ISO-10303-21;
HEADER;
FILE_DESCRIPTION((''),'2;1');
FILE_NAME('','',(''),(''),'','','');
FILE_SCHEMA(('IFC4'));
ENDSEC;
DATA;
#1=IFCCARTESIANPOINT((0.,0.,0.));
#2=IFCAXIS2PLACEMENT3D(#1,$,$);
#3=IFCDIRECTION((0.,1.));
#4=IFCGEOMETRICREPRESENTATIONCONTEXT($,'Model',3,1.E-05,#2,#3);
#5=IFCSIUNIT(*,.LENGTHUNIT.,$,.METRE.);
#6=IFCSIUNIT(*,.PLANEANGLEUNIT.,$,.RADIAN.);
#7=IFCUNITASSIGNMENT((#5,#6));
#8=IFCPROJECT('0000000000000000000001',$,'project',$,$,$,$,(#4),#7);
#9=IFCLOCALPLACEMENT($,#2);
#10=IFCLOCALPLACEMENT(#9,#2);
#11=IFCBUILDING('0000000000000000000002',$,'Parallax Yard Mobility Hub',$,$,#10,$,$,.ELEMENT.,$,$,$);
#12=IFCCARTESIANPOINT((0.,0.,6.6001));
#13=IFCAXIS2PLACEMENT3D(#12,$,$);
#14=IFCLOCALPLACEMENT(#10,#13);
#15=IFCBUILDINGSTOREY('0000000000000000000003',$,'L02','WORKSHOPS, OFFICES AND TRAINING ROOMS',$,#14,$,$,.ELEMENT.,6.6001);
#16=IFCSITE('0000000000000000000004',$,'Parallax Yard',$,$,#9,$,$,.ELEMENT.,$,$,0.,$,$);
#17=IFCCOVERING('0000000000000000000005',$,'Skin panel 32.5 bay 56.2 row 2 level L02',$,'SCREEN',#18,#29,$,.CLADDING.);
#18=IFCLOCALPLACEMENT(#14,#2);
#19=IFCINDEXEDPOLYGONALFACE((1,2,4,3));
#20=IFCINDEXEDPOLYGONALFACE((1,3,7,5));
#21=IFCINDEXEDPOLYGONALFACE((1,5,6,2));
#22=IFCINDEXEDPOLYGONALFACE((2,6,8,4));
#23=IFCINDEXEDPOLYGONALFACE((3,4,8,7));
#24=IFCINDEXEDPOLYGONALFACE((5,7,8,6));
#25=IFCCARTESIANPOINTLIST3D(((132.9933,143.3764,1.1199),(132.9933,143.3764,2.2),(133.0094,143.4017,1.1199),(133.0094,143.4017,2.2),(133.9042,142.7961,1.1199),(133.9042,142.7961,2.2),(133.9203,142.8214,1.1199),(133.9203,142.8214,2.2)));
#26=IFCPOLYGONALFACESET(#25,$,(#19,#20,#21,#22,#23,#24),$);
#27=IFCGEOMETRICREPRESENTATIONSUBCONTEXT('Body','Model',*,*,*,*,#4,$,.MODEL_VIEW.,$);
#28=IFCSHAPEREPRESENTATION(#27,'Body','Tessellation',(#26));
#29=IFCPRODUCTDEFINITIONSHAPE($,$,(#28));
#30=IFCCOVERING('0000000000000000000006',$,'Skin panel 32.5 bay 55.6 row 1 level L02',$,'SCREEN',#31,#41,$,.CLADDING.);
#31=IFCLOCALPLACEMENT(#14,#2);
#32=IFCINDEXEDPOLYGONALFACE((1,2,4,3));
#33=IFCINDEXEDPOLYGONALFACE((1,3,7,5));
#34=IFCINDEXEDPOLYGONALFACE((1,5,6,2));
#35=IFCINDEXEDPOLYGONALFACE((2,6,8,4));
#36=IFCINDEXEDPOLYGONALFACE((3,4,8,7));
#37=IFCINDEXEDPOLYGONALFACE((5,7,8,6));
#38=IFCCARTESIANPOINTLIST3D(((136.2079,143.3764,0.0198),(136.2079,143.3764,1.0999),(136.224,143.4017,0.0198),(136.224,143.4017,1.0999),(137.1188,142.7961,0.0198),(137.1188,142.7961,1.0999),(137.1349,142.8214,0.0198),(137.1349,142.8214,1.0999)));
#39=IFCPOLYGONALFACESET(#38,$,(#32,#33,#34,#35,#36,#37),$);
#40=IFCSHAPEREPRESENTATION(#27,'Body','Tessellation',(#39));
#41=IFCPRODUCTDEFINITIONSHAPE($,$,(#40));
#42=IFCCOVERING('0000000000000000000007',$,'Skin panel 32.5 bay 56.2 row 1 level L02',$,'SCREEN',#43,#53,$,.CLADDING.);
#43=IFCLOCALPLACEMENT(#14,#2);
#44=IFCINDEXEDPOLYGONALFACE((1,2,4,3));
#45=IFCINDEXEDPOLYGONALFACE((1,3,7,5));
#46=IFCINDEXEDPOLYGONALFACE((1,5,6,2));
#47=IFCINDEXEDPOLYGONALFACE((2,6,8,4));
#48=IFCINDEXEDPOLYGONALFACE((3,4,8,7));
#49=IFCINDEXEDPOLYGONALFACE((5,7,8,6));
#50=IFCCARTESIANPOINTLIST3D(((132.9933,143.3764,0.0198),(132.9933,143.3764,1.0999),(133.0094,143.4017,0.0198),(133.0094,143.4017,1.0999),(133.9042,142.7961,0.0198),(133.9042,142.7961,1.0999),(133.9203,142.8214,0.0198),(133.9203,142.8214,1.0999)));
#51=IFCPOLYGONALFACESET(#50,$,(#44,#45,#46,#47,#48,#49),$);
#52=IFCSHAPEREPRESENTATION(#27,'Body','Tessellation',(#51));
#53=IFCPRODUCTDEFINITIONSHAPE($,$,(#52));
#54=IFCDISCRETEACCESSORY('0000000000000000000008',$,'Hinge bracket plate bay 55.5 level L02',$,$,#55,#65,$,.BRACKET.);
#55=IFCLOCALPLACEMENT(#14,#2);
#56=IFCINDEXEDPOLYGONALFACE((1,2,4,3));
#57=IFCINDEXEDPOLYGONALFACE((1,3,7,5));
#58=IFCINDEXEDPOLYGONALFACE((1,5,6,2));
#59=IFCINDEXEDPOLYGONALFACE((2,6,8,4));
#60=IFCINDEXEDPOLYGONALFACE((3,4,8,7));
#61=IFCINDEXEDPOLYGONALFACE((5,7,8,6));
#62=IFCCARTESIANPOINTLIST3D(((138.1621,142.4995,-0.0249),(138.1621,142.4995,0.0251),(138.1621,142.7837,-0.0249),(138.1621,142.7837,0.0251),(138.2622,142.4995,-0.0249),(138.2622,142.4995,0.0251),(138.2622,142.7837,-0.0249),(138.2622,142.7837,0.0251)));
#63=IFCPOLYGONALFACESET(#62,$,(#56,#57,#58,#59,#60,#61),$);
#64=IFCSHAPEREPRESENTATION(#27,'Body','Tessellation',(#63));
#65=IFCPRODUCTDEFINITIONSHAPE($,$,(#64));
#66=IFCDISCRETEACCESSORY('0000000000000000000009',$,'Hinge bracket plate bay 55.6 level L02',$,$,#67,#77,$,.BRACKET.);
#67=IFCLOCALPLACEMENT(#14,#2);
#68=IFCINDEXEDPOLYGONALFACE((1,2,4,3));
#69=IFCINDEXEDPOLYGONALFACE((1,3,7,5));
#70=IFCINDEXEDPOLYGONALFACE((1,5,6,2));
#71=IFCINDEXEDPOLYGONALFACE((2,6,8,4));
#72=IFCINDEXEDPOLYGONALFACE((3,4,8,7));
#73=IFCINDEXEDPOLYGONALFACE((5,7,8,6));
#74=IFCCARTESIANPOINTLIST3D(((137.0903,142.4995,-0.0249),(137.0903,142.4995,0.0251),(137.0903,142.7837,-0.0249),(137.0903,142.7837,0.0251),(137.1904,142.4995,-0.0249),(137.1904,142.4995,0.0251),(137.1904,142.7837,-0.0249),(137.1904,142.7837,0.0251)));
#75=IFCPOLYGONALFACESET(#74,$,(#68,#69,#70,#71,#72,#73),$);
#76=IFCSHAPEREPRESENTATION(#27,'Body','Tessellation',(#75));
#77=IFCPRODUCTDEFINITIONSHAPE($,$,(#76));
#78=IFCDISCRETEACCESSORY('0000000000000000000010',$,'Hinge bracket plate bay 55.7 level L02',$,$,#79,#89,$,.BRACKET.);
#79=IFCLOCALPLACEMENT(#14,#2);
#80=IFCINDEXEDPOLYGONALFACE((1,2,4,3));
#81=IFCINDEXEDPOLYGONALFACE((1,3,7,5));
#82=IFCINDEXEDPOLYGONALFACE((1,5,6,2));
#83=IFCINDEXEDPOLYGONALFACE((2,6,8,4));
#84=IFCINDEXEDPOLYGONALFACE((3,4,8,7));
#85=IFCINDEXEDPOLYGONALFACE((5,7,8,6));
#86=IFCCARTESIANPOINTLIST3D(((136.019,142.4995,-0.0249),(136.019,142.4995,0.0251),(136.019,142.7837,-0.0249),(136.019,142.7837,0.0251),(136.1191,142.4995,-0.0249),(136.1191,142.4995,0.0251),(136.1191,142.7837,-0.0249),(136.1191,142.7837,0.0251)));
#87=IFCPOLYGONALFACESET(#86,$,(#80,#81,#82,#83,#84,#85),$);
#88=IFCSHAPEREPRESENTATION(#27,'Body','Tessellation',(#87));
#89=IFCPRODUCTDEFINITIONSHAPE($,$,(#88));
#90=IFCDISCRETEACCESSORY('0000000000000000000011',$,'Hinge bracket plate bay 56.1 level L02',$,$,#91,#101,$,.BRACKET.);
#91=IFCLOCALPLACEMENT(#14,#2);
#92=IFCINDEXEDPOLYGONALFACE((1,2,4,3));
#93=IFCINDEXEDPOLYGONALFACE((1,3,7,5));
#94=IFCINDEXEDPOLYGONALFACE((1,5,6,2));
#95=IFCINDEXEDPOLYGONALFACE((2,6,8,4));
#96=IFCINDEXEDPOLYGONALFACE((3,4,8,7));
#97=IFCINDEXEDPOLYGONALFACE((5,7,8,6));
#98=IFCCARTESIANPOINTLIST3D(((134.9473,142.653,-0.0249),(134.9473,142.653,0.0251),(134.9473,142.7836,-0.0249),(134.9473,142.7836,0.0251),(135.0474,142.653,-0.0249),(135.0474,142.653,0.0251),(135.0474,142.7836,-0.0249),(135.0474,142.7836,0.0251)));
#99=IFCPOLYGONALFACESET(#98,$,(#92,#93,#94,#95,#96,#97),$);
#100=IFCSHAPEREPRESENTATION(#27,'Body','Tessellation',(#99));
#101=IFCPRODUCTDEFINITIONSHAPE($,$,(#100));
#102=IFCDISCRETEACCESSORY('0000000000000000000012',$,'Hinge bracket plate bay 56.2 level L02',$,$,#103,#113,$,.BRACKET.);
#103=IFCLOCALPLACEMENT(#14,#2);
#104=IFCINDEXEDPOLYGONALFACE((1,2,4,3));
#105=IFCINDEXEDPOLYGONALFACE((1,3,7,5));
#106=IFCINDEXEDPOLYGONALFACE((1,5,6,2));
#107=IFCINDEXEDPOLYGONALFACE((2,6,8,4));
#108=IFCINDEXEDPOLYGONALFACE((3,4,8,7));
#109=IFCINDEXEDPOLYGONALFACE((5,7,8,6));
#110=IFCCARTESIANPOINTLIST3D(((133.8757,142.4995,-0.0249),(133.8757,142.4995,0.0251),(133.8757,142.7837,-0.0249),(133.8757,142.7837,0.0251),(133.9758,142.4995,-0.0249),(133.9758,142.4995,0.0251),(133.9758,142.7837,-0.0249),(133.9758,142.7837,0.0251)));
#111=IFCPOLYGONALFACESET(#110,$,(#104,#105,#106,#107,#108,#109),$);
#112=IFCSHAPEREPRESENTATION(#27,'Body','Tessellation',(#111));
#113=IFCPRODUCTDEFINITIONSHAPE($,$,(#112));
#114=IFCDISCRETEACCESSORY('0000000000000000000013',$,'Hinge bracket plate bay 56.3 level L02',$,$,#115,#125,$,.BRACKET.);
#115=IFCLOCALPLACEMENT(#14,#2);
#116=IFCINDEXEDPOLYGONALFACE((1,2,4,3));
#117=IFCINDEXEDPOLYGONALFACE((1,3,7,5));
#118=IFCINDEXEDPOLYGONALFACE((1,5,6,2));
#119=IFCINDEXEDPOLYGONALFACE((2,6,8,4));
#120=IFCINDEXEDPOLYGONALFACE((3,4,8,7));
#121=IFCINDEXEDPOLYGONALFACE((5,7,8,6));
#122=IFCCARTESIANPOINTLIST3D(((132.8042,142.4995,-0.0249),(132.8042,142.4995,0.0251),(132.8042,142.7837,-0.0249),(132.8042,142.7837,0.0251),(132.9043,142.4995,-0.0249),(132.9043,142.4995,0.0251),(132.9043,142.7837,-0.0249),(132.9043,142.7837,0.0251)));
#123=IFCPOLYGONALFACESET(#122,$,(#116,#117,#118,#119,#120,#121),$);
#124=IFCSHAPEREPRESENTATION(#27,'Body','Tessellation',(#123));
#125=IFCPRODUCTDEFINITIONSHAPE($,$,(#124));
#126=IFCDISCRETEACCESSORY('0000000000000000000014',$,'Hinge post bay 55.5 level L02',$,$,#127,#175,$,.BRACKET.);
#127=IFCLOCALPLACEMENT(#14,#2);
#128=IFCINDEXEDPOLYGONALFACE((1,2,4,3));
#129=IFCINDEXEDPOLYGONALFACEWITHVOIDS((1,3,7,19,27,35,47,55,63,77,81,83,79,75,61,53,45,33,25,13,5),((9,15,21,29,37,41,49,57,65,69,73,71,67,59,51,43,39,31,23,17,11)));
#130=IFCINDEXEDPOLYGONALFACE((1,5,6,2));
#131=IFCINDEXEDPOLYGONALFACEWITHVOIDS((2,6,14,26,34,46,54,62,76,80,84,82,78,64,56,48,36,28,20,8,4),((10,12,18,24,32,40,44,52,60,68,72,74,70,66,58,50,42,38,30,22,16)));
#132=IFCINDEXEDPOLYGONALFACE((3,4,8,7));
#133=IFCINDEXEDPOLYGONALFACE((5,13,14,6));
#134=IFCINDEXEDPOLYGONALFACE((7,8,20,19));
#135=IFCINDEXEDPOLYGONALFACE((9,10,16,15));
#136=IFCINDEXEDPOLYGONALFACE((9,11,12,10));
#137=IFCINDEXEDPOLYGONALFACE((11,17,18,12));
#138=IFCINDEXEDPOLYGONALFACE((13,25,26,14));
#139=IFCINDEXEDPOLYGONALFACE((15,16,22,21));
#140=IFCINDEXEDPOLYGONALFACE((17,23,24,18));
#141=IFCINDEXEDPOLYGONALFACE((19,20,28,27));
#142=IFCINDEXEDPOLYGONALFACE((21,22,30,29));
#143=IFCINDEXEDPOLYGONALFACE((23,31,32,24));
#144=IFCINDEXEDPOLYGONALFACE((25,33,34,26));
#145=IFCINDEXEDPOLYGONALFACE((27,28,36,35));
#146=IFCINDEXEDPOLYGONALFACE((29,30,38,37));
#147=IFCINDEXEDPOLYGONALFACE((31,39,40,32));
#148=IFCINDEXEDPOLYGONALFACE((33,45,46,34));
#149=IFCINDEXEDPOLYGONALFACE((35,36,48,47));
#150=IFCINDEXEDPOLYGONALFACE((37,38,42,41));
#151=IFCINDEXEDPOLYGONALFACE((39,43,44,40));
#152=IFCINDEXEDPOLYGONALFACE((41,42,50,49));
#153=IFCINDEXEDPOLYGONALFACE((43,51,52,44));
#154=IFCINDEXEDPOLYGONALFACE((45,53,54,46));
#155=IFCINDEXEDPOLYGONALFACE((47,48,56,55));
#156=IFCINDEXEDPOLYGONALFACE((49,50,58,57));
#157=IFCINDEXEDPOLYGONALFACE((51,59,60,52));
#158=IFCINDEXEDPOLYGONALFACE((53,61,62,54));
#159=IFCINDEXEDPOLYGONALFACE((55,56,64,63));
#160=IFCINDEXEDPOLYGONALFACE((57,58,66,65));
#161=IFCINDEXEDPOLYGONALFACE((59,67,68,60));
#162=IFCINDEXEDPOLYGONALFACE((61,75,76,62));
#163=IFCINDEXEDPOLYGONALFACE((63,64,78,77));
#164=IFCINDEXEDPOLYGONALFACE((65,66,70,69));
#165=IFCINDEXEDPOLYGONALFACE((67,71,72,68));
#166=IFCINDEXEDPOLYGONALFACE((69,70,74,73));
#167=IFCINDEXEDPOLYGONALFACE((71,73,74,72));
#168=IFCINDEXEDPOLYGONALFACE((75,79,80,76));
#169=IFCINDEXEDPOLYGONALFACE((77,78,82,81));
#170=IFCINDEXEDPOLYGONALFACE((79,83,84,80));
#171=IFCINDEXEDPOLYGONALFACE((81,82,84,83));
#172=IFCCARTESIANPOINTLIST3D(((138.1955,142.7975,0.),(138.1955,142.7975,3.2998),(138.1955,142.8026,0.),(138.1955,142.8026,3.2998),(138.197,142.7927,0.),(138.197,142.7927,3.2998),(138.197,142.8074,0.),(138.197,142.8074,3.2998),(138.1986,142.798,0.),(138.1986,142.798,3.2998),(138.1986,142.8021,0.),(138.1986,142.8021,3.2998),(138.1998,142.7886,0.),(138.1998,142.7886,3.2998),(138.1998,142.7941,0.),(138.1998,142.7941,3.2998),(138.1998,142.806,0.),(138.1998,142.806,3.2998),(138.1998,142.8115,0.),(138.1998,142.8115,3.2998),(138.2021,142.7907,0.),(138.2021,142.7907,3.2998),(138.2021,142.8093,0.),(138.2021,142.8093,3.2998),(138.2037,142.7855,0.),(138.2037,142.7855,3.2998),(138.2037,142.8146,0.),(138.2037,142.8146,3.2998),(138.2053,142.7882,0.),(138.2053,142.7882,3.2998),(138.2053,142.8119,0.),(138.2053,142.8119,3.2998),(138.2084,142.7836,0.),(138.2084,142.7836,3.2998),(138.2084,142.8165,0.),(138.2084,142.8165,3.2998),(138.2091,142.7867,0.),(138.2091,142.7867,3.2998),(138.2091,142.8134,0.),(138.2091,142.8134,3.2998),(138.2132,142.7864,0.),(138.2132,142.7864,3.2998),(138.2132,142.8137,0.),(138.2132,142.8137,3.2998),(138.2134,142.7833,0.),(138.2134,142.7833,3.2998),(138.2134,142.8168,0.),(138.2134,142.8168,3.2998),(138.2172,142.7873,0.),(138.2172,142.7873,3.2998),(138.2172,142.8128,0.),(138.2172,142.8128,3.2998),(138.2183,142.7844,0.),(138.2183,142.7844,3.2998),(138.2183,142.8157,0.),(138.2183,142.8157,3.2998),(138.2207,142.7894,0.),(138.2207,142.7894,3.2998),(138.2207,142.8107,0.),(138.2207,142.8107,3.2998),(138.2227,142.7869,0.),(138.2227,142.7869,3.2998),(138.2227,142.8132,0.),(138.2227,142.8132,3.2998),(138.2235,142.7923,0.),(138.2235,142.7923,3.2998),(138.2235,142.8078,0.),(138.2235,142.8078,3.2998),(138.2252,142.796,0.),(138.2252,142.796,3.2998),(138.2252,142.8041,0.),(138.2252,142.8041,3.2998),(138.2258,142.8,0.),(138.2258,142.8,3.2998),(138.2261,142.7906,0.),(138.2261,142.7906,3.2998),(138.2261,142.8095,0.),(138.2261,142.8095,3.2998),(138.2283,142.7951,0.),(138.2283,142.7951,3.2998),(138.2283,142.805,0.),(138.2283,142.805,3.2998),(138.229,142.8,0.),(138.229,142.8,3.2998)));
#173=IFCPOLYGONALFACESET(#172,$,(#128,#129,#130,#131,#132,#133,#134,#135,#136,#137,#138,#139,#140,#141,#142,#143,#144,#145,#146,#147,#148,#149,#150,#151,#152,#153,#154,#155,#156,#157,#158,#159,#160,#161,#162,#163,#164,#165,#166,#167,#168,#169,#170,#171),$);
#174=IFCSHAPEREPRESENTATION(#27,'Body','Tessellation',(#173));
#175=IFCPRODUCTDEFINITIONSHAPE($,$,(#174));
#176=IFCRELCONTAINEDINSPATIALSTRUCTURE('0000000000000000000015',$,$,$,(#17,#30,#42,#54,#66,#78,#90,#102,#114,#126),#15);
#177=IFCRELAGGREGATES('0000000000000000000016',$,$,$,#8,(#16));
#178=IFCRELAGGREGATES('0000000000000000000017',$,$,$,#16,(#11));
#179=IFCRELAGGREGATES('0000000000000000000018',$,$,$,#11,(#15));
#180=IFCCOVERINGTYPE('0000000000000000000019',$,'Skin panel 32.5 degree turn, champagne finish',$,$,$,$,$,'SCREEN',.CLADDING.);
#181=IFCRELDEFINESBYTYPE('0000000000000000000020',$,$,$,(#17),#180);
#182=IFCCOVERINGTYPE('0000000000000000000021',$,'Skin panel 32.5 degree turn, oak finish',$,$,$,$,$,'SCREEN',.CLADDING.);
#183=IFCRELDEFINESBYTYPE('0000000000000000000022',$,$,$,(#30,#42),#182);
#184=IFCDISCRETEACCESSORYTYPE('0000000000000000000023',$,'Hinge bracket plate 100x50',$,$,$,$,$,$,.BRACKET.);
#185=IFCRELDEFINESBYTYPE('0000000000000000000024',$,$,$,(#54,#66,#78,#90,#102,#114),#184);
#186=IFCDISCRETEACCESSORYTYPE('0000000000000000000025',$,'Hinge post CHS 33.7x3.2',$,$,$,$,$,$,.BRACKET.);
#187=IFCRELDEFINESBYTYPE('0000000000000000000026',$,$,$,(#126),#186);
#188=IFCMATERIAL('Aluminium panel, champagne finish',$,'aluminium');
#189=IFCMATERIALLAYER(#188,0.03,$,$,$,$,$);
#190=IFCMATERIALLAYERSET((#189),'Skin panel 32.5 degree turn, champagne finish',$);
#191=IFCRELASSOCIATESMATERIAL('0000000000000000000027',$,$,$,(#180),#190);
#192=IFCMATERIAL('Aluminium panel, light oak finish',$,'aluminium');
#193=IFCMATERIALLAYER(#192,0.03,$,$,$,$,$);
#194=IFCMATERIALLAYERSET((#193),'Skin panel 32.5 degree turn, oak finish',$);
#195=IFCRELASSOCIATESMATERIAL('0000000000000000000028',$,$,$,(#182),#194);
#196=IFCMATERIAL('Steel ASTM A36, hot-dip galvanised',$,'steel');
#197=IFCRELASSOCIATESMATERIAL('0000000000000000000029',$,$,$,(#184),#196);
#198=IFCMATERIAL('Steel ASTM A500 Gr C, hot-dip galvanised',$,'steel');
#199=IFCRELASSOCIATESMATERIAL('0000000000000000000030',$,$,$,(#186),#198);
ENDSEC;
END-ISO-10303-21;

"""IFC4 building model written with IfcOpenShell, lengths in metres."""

from ifc_helpers import new_model, si_unit, direction, frame, origin, origin_2d, place, context, subcontext, project, spatial, rectangle, hollow_circle, extrude, material, layer, layer_set, material_profile, profile_set, type_object, element, save


model = new_model("IFC4")

# Units and contexts
model_context = context("Model", 3, precision=1e-05, world=origin(), true_north=direction((0.0, 1.0)))
body_context = subcontext(model_context, "Body", "Model", "MODEL_VIEW")
ifc_project = project(units=[si_unit("LENGTHUNIT", "METRE"), si_unit("PLANEANGLEUNIT", "RADIAN")], contexts=[model_context])

# Site, building, storey
site_placement = place(None, origin())
site = spatial("IfcSite", under=ifc_project, at=site_placement, Name="Parallax Yard", CompositionType="ELEMENT", RefElevation=0.0)
building_placement = place(site_placement, origin())
building = spatial("IfcBuilding", under=site, at=building_placement, Name="Parallax Yard Mobility Hub", CompositionType="ELEMENT")
storey_placement = place(building_placement, frame((0.0, 0.0, 6.6001)))
storey = spatial("IfcBuildingStorey", under=building, at=storey_placement, Name="L02", Description="WORKSHOPS, OFFICES AND TRAINING ROOMS", CompositionType="ELEMENT", Elevation=6.6001)

# Coverings
ifc_material_1 = material(Name="Aluminium panel, champagne finish", Category="aluminium")
ifc_material_2 = material(Name="Aluminium panel, light oak finish", Category="aluminium")
ifc_layer_1 = layer(ifc_material_1, 0.03)
ifc_layer_set_1 = layer_set([ifc_layer_1], Name="Skin panel 32.5 degree turn, champagne finish")
covering_type_1 = type_object("IfcCoveringType", Name="Skin panel 32.5 degree turn, champagne finish", ElementType="SCREEN", PredefinedType="CLADDING", material=ifc_layer_set_1)
for number, where, z_axis, x_axis, name in (
    (1, (133.4568, 143.0989, 1.1199), (0.0, 0.0, 1.0), (-0.843391, 0.5373, 0.0), "Skin panel 32.5 bay 56.2 row 2 level L02"),
):
    element("IfcCovering", number, at=place(storey_placement, frame(where, z_axis=z_axis, x_axis=x_axis)), inside=storey, type_object=covering_type_1, Name=name, ObjectType="SCREEN", PredefinedType="CLADDING", context=body_context, shape_type="SweptSolid", body=[
        extrude(rectangle(XDim=1.0801, YDim=0.03, at=origin_2d()), origin(), (0.0, 0.0, 1.0), 1.0801),
    ])
ifc_layer_2 = layer(ifc_material_2, 0.03)
ifc_layer_set_2 = layer_set([ifc_layer_2], Name="Skin panel 32.5 degree turn, oak finish")
covering_type_2 = type_object("IfcCoveringType", Name="Skin panel 32.5 degree turn, oak finish", ElementType="SCREEN", PredefinedType="CLADDING", material=ifc_layer_set_2)
for number, where, z_axis, x_axis, name in (
    (2, (136.6714, 143.0989, 0.0198), (0.0, 0.0, 1.0), (-0.843391, 0.5373, 0.0), "Skin panel 32.5 bay 55.6 row 1 level L02"),
    (3, (133.4568, 143.0989, 0.0198), (0.0, 0.0, 1.0), (-0.843391, 0.5373, 0.0), "Skin panel 32.5 bay 56.2 row 1 level L02"),
):
    element("IfcCovering", number, at=place(storey_placement, frame(where, z_axis=z_axis, x_axis=x_axis)), inside=storey, type_object=covering_type_2, Name=name, ObjectType="SCREEN", PredefinedType="CLADDING", context=body_context, shape_type="SweptSolid", body=[
        extrude(rectangle(XDim=1.0801, YDim=0.03, at=origin_2d()), origin(), (0.0, 0.0, 1.0), 1.0801),
    ])

# Discrete accessories
ifc_material_3 = material(Name="Steel ASTM A36, hot-dip galvanised", Category="steel")
discrete_accessory_type_1 = type_object("IfcDiscreteAccessoryType", Name="Hinge bracket plate 100x50", PredefinedType="BRACKET", material=ifc_material_3)
for number, where, z_axis, x_axis, name in (
    (4, (138.2122, 142.6416, -0.0249), (0.0, 0.0, 1.0), (0.0, 1.0, 0.0), "Hinge bracket plate bay 55.5 level L02"),
    (5, (137.1404, 142.6416, -0.0249), (0.0, 0.0, 1.0), (0.0, 1.0, 0.0), "Hinge bracket plate bay 55.6 level L02"),
    (6, (136.0691, 142.6416, -0.0249), (0.0, 0.0, 1.0), (0.0, 1.0, 0.0), "Hinge bracket plate bay 55.7 level L02"),
):
    element("IfcDiscreteAccessory", number, at=place(storey_placement, frame(where, z_axis=z_axis, x_axis=x_axis)), inside=storey, type_object=discrete_accessory_type_1, Name=name, PredefinedType="BRACKET", context=body_context, shape_type="SweptSolid", body=[
        extrude(rectangle(XDim=0.2842, YDim=0.1001, at=origin_2d()), origin(), (0.0, 0.0, 1.0), 0.05),
    ])
discrete_accessory_placement = place(storey_placement, frame((134.9973, 142.7183, -0.0249), z_axis=(0.0, 0.0, 1.0), x_axis=(0.0, 1.0, 0.0)))
element("IfcDiscreteAccessory", 7, at=discrete_accessory_placement, inside=storey, type_object=discrete_accessory_type_1, Name="Hinge bracket plate bay 56.1 level L02", PredefinedType="BRACKET", context=body_context, shape_type="SweptSolid", body=[
    extrude(rectangle(XDim=0.1306, YDim=0.1001, at=origin_2d()), origin(), (0.0, 0.0, 1.0), 0.05),
])
for number, where, z_axis, x_axis, name in (
    (8, (133.9258, 142.6416, -0.0249), (0.0, 0.0, 1.0), (0.0, 1.0, 0.0), "Hinge bracket plate bay 56.2 level L02"),
    (9, (132.8542, 142.6416, -0.0249), (0.0, 0.0, 1.0), (0.0, 1.0, 0.0), "Hinge bracket plate bay 56.3 level L02"),
):
    element("IfcDiscreteAccessory", number, at=place(storey_placement, frame(where, z_axis=z_axis, x_axis=x_axis)), inside=storey, type_object=discrete_accessory_type_1, Name=name, PredefinedType="BRACKET", context=body_context, shape_type="SweptSolid", body=[
        extrude(rectangle(XDim=0.2842, YDim=0.1001, at=origin_2d()), origin(), (0.0, 0.0, 1.0), 0.05),
    ])
ifc_material_4 = material(Name="Steel ASTM A500 Gr C, hot-dip galvanised", Category="steel")
ifc_material_profile = material_profile(ifc_material_4, hollow_circle(Radius=0.0168, WallThickness=0.0032, at=origin_2d()), Name="CHS 33.7x3.2")
ifc_profile_set = profile_set([ifc_material_profile], Name="Steel ASTM A500 Gr C, hot-dip galvanised")
discrete_accessory_type_2 = type_object("IfcDiscreteAccessoryType", Name="Hinge post CHS 33.7x3.2", PredefinedType="BRACKET", material=ifc_profile_set)
for number, where, z_axis, x_axis, name in (
    (10, (138.2122, 142.8, 0.0), (0.0, 0.0, 1.0), (1.0, 0.0, 0.0), "Hinge post bay 55.5 level L02"),
):
    element("IfcDiscreteAccessory", number, at=place(storey_placement, frame(where, z_axis=z_axis, x_axis=x_axis)), inside=storey, type_object=discrete_accessory_type_2, Name=name, PredefinedType="BRACKET", context=body_context, shape_type="SweptSolid", body=[
        extrude(hollow_circle(Radius=0.0168, WallThickness=0.0032, at=origin_2d()), origin(), (0.0, 0.0, 1.0), 3.2998),
    ])

save(model, "model.ifc")
